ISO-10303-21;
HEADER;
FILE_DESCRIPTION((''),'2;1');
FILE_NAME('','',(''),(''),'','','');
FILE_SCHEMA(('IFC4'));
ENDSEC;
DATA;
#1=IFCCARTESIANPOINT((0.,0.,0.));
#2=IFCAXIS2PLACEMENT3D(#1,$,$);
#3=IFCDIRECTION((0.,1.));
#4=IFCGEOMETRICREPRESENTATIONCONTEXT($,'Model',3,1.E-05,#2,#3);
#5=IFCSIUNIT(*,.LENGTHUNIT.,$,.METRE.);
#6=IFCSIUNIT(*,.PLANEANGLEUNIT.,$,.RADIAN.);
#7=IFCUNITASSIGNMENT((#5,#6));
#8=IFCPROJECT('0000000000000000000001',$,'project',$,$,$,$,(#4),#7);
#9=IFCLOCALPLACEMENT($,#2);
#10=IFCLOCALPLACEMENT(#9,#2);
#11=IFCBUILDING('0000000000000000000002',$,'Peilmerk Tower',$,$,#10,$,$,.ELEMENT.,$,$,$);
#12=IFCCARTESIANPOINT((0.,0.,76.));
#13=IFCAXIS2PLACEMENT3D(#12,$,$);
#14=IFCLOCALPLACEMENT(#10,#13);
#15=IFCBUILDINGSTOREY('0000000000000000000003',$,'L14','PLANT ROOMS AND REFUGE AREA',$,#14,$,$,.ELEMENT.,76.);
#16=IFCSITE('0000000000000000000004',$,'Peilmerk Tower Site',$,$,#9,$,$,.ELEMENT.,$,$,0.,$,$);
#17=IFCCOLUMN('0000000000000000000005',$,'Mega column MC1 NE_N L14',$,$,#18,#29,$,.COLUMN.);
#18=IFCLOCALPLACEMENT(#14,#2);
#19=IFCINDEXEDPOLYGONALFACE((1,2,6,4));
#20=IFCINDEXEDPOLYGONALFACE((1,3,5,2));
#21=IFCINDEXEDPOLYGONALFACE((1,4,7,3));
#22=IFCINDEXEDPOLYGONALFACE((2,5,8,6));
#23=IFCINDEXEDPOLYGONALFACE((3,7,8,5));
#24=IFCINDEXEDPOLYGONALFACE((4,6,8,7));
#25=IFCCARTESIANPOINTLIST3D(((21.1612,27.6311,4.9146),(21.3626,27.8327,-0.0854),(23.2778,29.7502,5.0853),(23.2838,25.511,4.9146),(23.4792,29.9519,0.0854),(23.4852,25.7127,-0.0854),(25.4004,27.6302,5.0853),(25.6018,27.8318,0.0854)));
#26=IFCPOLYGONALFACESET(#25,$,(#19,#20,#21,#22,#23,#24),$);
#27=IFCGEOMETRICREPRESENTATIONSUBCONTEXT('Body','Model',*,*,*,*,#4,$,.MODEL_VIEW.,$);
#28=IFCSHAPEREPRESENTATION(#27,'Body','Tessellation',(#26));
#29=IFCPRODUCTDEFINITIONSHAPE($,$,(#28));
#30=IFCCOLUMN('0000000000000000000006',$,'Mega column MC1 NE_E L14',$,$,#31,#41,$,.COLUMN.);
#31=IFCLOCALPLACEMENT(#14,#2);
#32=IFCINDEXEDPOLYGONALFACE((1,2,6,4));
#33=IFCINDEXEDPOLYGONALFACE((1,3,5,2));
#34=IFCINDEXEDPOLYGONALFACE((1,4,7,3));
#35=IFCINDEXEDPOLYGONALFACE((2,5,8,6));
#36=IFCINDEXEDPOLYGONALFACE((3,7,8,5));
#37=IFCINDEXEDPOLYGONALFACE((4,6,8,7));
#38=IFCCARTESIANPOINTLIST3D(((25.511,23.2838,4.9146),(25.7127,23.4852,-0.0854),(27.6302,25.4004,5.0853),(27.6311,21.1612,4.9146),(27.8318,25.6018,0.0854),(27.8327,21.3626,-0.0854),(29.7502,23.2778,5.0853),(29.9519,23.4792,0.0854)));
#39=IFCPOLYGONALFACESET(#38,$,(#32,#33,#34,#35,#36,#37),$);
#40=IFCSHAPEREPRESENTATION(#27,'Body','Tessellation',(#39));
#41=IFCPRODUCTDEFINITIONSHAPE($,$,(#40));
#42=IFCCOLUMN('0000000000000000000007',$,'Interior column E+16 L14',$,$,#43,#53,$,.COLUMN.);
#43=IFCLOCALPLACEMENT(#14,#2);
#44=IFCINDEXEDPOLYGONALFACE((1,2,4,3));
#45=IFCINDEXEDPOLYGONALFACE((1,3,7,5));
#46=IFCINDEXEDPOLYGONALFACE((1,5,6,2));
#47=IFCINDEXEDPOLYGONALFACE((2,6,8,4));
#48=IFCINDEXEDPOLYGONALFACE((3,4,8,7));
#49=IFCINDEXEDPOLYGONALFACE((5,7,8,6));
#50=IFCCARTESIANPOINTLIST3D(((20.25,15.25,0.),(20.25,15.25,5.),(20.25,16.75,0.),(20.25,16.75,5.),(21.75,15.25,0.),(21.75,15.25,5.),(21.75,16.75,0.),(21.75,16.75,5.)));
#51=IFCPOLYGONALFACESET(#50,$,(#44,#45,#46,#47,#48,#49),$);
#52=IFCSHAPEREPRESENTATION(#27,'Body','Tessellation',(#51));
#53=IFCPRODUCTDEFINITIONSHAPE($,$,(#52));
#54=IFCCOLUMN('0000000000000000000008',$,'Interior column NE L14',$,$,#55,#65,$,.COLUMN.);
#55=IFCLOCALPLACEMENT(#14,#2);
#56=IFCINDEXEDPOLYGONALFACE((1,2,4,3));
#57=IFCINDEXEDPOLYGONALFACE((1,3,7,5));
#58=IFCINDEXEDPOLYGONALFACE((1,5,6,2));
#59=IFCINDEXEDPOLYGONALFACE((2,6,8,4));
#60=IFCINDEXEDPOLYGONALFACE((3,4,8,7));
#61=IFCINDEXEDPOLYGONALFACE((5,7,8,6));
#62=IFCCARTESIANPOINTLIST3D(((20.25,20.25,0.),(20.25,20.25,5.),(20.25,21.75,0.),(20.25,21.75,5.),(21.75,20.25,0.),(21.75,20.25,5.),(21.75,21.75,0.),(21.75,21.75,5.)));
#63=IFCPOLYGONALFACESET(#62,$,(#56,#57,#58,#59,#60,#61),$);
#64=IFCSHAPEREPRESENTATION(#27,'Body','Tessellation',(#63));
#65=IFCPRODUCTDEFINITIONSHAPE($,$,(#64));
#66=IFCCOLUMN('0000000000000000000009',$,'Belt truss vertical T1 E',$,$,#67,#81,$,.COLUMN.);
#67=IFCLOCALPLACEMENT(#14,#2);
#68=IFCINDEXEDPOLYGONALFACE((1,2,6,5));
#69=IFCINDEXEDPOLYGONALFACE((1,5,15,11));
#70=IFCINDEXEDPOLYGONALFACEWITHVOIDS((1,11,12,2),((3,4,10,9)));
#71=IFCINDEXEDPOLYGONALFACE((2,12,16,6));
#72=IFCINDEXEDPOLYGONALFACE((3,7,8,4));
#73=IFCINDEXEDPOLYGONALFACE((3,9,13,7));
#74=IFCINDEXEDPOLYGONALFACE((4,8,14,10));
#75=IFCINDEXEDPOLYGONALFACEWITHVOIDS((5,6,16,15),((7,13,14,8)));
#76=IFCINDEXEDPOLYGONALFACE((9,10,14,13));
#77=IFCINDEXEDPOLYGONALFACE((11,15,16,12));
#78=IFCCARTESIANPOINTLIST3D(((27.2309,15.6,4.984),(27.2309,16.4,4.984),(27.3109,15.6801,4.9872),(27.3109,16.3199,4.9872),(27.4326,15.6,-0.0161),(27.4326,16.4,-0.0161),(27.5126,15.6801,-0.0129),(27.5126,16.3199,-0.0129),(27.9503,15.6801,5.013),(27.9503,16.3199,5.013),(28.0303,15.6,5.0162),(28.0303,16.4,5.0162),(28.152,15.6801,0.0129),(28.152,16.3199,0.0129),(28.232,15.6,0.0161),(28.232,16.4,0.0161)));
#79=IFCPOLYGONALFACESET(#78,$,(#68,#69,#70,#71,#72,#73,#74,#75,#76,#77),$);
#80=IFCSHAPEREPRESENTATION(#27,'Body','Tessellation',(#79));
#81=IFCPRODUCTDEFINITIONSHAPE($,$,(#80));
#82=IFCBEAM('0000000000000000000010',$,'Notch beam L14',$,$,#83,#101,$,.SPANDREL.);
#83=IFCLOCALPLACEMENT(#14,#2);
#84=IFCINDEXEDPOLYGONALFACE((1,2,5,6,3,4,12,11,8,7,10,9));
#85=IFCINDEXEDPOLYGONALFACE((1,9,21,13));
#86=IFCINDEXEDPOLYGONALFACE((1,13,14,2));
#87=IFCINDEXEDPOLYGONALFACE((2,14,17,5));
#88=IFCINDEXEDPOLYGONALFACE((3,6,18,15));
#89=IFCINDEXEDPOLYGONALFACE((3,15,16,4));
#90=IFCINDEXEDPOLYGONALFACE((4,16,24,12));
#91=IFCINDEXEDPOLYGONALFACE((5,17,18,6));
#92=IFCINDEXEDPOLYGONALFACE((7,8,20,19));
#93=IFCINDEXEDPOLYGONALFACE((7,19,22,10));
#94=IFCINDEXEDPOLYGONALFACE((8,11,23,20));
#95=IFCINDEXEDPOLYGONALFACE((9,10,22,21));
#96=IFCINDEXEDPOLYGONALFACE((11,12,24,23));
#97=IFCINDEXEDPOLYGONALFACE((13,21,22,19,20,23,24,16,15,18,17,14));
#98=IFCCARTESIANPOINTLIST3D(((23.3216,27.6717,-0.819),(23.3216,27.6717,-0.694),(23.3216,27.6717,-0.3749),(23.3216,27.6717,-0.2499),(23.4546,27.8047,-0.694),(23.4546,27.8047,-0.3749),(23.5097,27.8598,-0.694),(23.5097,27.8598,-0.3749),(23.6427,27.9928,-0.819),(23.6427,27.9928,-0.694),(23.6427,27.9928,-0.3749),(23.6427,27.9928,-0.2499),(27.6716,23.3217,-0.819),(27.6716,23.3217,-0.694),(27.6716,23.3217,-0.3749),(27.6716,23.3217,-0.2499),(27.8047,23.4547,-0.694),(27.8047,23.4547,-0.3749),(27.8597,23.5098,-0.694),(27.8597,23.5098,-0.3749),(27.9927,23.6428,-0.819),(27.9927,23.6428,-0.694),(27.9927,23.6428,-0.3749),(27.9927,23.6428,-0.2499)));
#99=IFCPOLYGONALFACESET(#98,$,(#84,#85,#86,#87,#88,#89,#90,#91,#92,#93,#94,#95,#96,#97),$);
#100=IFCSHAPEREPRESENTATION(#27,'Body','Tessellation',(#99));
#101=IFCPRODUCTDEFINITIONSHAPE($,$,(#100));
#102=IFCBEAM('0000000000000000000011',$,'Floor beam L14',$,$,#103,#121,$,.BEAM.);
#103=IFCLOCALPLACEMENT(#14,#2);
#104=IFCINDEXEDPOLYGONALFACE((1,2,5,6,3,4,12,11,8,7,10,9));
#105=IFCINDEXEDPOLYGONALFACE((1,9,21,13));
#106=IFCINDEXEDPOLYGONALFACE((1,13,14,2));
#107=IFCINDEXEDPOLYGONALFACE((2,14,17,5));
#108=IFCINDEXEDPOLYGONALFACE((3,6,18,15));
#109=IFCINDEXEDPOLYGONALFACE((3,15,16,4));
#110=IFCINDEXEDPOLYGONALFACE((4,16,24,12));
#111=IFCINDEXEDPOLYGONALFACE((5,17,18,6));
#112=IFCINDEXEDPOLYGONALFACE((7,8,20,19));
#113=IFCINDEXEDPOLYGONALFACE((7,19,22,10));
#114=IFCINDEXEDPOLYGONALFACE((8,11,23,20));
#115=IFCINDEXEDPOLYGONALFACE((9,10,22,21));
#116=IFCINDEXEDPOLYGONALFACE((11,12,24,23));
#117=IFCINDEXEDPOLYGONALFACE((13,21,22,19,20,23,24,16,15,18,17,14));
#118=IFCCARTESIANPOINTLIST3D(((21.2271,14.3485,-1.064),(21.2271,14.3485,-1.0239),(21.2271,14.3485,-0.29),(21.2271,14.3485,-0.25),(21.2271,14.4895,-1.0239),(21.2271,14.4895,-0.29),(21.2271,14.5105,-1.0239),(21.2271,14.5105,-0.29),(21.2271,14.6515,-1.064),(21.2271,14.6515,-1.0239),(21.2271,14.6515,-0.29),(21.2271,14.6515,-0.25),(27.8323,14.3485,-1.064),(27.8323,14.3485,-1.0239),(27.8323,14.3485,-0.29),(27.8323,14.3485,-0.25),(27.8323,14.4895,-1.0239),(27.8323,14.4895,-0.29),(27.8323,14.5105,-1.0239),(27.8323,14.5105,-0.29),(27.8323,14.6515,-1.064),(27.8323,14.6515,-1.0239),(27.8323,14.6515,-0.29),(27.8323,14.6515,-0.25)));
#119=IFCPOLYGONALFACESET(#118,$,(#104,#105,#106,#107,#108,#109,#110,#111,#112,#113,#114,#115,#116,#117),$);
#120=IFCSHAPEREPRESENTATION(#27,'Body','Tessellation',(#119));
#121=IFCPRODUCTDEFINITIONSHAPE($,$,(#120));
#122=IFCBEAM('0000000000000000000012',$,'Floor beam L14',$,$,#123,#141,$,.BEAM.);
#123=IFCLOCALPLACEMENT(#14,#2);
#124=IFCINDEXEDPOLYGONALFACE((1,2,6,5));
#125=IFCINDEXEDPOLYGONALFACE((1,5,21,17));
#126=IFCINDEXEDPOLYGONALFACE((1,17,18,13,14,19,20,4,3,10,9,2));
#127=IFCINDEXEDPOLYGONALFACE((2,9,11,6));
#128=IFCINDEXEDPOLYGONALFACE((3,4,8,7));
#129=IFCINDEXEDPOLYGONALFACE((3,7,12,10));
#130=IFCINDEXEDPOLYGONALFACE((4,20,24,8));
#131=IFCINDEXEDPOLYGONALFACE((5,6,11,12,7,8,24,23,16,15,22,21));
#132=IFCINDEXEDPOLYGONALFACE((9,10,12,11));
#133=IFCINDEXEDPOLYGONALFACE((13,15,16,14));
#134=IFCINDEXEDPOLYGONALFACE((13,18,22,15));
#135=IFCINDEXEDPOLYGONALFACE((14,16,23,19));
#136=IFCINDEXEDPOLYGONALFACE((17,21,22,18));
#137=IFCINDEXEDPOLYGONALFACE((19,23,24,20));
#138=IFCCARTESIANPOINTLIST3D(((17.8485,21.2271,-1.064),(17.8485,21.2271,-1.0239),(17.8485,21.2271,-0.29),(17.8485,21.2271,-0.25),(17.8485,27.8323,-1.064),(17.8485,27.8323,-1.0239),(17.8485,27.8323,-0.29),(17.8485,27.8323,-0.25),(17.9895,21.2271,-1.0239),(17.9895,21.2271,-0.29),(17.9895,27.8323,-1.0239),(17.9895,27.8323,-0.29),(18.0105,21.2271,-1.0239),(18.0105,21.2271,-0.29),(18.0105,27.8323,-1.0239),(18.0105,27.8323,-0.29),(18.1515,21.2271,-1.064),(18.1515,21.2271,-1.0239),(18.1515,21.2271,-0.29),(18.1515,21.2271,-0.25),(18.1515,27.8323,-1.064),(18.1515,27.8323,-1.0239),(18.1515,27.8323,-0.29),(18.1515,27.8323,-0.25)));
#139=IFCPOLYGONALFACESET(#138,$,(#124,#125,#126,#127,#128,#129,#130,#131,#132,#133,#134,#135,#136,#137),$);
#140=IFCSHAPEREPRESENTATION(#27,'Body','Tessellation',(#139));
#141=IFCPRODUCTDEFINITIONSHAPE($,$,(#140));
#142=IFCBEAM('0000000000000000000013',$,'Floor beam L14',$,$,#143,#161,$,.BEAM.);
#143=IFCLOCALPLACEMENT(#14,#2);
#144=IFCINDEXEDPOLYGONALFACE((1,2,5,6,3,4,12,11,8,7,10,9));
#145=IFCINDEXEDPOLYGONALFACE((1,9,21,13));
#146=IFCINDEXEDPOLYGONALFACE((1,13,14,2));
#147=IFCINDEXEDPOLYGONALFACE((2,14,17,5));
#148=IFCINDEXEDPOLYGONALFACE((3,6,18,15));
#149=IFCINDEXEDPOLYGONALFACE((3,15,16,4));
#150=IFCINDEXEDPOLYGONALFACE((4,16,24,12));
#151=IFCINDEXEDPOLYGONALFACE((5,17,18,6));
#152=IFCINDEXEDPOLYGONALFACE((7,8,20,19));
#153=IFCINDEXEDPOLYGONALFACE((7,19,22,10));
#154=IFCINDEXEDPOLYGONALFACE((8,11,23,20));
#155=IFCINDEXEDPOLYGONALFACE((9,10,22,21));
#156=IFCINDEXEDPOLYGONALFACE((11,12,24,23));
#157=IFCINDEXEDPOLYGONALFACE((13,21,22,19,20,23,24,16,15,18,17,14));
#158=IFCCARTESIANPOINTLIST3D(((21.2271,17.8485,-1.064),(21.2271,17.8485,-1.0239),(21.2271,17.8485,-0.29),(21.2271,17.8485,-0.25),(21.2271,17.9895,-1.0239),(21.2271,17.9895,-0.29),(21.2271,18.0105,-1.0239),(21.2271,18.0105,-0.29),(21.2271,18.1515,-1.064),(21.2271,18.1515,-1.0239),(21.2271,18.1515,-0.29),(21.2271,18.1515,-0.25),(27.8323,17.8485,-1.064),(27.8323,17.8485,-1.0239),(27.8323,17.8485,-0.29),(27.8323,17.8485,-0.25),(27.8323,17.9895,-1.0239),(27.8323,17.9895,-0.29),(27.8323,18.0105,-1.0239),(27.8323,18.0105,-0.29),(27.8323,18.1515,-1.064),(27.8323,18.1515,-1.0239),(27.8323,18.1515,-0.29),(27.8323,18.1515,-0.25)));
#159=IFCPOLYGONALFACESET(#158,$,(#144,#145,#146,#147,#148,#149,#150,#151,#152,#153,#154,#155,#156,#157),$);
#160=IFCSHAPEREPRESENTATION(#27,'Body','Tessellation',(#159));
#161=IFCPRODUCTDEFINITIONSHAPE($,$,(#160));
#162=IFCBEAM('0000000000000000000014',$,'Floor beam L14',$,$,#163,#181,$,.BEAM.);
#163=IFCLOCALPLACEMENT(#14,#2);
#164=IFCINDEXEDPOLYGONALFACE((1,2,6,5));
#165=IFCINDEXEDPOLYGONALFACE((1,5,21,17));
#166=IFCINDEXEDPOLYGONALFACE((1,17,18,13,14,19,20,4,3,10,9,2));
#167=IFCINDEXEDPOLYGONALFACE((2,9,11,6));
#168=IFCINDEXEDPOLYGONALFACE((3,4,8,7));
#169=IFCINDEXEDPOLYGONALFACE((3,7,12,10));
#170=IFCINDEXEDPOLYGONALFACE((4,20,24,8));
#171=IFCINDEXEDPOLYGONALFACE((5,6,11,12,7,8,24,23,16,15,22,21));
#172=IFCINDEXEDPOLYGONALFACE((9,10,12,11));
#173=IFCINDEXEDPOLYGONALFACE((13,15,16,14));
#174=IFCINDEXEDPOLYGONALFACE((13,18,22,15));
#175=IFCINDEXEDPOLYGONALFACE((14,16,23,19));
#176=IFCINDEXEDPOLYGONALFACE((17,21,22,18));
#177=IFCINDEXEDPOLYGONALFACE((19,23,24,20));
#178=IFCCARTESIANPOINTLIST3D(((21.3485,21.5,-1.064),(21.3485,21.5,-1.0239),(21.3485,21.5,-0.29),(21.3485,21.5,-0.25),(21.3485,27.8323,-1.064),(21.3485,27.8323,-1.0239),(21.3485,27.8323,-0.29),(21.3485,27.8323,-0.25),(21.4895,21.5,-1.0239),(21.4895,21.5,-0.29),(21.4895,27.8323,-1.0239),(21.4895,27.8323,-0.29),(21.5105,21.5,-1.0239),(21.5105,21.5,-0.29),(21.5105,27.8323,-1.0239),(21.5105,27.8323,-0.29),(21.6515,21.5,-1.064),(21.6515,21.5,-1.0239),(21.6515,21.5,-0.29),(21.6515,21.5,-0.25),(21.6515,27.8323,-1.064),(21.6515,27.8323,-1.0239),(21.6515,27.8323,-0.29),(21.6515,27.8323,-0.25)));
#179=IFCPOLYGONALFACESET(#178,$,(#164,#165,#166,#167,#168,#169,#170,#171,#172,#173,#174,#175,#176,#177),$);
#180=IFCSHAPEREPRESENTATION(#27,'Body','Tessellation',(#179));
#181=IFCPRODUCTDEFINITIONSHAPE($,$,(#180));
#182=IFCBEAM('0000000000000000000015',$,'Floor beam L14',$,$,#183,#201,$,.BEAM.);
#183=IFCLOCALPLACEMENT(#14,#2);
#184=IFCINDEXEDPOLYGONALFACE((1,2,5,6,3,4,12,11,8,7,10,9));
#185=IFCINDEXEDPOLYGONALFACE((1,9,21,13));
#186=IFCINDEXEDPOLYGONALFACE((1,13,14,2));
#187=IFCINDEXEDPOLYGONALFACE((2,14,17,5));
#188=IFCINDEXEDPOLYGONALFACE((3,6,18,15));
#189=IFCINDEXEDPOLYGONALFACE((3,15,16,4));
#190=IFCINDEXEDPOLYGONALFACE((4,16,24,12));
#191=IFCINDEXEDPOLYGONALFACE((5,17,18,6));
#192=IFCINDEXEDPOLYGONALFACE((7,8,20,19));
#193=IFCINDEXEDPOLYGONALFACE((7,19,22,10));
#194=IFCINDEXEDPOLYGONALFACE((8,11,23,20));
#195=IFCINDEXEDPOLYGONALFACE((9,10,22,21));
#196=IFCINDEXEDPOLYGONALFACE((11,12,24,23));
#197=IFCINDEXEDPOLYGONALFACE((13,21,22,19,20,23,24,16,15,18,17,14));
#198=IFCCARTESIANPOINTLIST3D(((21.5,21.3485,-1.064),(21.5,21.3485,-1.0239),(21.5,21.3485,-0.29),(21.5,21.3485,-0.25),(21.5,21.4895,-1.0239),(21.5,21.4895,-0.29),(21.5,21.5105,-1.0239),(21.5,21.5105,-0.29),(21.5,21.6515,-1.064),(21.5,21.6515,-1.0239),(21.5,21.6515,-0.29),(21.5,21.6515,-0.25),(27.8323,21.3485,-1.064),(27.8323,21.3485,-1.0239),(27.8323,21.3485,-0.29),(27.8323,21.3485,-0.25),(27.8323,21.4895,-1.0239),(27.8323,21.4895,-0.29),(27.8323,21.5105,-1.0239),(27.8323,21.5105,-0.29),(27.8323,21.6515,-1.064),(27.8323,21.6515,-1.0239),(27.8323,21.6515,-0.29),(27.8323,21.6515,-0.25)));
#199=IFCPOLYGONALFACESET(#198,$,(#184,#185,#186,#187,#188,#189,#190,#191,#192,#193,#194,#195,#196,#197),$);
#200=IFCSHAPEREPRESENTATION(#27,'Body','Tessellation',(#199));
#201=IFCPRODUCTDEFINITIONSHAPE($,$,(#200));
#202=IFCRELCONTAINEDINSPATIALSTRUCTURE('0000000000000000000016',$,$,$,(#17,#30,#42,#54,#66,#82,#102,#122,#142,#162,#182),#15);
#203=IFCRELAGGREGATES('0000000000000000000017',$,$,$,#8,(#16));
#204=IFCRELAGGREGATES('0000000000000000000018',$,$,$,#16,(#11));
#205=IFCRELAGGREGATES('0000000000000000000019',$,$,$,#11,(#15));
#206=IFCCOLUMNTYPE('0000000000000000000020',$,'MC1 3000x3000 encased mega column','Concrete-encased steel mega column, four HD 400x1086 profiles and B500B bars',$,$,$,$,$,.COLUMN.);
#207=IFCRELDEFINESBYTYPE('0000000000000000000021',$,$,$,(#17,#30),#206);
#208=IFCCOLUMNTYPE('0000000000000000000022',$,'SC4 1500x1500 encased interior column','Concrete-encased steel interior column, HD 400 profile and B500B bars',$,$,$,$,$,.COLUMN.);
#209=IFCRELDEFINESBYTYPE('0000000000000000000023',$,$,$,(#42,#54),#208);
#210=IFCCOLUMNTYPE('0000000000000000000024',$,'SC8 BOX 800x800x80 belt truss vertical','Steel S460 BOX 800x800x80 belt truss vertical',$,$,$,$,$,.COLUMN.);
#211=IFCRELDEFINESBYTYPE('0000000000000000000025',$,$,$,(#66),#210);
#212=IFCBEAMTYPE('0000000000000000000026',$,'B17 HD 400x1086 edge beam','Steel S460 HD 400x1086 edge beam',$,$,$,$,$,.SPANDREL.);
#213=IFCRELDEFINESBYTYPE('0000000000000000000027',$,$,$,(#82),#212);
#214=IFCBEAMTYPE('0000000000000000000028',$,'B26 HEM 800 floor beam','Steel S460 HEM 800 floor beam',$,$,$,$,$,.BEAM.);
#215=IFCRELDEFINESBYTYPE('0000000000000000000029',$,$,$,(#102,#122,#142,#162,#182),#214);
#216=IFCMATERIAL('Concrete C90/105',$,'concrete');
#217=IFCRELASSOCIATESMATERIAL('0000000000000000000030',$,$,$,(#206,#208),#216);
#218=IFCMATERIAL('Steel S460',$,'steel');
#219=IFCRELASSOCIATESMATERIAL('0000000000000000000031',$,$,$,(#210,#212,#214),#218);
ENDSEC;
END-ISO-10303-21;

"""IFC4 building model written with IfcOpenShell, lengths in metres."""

from ifc_helpers import new_model, si_unit, direction, frame, origin, origin_2d, place, context, subcontext, project, spatial, rectangle, hollow_rectangle, i_section, extrude, material, material_profile, profile_set, type_object, element, save


model = new_model("IFC4")

# Units and contexts
model_context = context("Model", 3, precision=1e-05, world=origin(), true_north=direction((0.0, 1.0)))
body_context = subcontext(model_context, "Body", "Model", "MODEL_VIEW")
ifc_project = project(units=[si_unit("LENGTHUNIT", "METRE"), si_unit("PLANEANGLEUNIT", "RADIAN")], contexts=[model_context])

# Site, building, storey
site_placement = place(None, origin())
site = spatial("IfcSite", under=ifc_project, at=site_placement, Name="Peilmerk Tower Site", CompositionType="ELEMENT", RefElevation=0.0)
building_placement = place(site_placement, origin())
building = spatial("IfcBuilding", under=site, at=building_placement, Name="Peilmerk Tower", CompositionType="ELEMENT")
storey_placement = place(building_placement, frame((0.0, 0.0, 76.0)))
storey = spatial("IfcBuildingStorey", under=building, at=storey_placement, Name="L14", Description="PLANT ROOMS AND REFUGE AREA", CompositionType="ELEMENT", Elevation=76.0)

# Columns
ifc_material_1 = material(Name="Concrete C90/105", Category="concrete")
ifc_material_profile_1 = material_profile(ifc_material_1, rectangle(XDim=3.0, YDim=3.0, at=origin_2d()), Name="RC 3000x3000")
ifc_profile_set_1 = profile_set([ifc_material_profile_1], Name="Concrete C90/105")
column_type_1 = type_object("IfcColumnType", Name="MC1 3000x3000 encased mega column", Description="Concrete-encased steel mega column, four HD 400x1086 profiles and B500B bars", PredefinedType="COLUMN", material=ifc_profile_set_1)
for number, where, z_axis, x_axis, name in (
    (1, (23.4822, 27.8323, 0.0), (-0.040218, -0.040267, 0.998379), (0.707535, -0.706678, 0.0), "Mega column MC1 NE_N L14"),
    (2, (27.8323, 23.4822, 0.0), (-0.040267, -0.040218, 0.998379), (0.706678, -0.707535, 0.0), "Mega column MC1 NE_E L14"),
):
    element("IfcColumn", number, at=place(storey_placement, frame(where, z_axis=z_axis, x_axis=x_axis)), inside=storey, type_object=column_type_1, Name=name, PredefinedType="COLUMN", context=body_context, shape_type="SweptSolid", body=[
        extrude(rectangle(XDim=3.0, YDim=3.0, at=origin_2d()), origin(), (0.0, 0.0, 1.0), 5.0081),
    ])
ifc_material_profile_2 = material_profile(ifc_material_1, rectangle(XDim=1.5, YDim=1.5, at=origin_2d()), Name="RC 1500x1500")
ifc_profile_set_2 = profile_set([ifc_material_profile_2], Name="Concrete C90/105")
column_type_2 = type_object("IfcColumnType", Name="SC4 1500x1500 encased interior column", Description="Concrete-encased steel interior column, HD 400 profile and B500B bars", PredefinedType="COLUMN", material=ifc_profile_set_2)
for number, where, z_axis, x_axis, name in (
    (3, (21.0, 16.0, 0.0), (0.0, 0.0, 1.0), (1.0, 0.0, 0.0), "Interior column E+16 L14"),
    (4, (21.0, 21.0, 0.0), (0.0, 0.0, 1.0), (1.0, 0.0, 0.0), "Interior column NE L14"),
):
    element("IfcColumn", number, at=place(storey_placement, frame(where, z_axis=z_axis, x_axis=x_axis)), inside=storey, type_object=column_type_2, Name=name, PredefinedType="COLUMN", context=body_context, shape_type="SweptSolid", body=[
        extrude(rectangle(XDim=1.5, YDim=1.5, at=origin_2d()), origin(), (0.0, 0.0, 1.0), 5.0),
    ])
ifc_material_2 = material(Name="Steel S460", Category="steel")
ifc_material_profile_3 = material_profile(ifc_material_2, hollow_rectangle(XDim=0.8, YDim=0.8, WallThickness=0.0801, at=origin_2d()), Name="BOX 800x800x80")
ifc_profile_set_3 = profile_set([ifc_material_profile_3], Name="Steel S460")
column_type_3 = type_object("IfcColumnType", Name="SC8 BOX 800x800x80 belt truss vertical", Description="Steel S460 BOX 800x800x80 belt truss vertical", PredefinedType="COLUMN", material=ifc_profile_set_3)
column_placement = place(storey_placement, frame((27.8323, 16.0, 0.0), z_axis=(-0.040299, 0.0, 0.999188), x_axis=(0.0, -1.0, 0.0)))
element("IfcColumn", 5, at=column_placement, inside=storey, type_object=column_type_3, Name="Belt truss vertical T1 E", PredefinedType="COLUMN", context=body_context, shape_type="SweptSolid", body=[
    extrude(hollow_rectangle(XDim=0.8, YDim=0.8, WallThickness=0.0801, at=origin_2d()), origin(), (0.0, 0.0, 1.0), 5.0042),
])

# Beams
ifc_material_profile_4 = material_profile(ifc_material_2, i_section(OverallWidth=0.4541, OverallDepth=0.5691, WebThickness=0.0779, FlangeThickness=0.125, at=origin_2d()), Name="HD 400x1086")
ifc_profile_set_4 = profile_set([ifc_material_profile_4], Name="Steel S460")
beam_type_1 = type_object("IfcBeamType", Name="B17 HD 400x1086 edge beam", Description="Steel S460 HD 400x1086 edge beam", PredefinedType="SPANDREL", material=ifc_profile_set_4)
beam_1_placement = place(storey_placement, frame((23.4822, 27.8323, -0.5344), z_axis=(0.707107, -0.707107, 0.0), x_axis=(0.707107, 0.707107, 0.0)))
element("IfcBeam", 6, at=beam_1_placement, inside=storey, type_object=beam_type_1, Name="Notch beam L14", PredefinedType="SPANDREL", context=body_context, shape_type="SweptSolid", body=[
    extrude(i_section(OverallWidth=0.4541, OverallDepth=0.5691, WebThickness=0.0779, FlangeThickness=0.125, at=origin_2d()), origin(), (0.0, 0.0, 1.0), 6.1519),
])
ifc_material_profile_5 = material_profile(ifc_material_2, i_section(OverallWidth=0.303, OverallDepth=0.814, WebThickness=0.021, FlangeThickness=0.04, at=origin_2d()), Name="HEM 800")
ifc_profile_set_5 = profile_set([ifc_material_profile_5], Name="Steel S460")
beam_type_2 = type_object("IfcBeamType", Name="B26 HEM 800 floor beam", Description="Steel S460 HEM 800 floor beam", PredefinedType="BEAM", material=ifc_profile_set_5)
for number, where, z_axis, x_axis, name in (
    (7, (21.2271, 14.5, -0.657), (1.0, 0.0, 0.0), (0.0, 1.0, 0.0), "Floor beam L14"),
    (8, (18.0, 21.2271, -0.657), (0.0, 1.0, 0.0), (-1.0, 0.0, 0.0), "Floor beam L14"),
    (9, (21.2271, 18.0, -0.657), (1.0, 0.0, 0.0), (0.0, 1.0, 0.0), "Floor beam L14"),
):
    element("IfcBeam", number, at=place(storey_placement, frame(where, z_axis=z_axis, x_axis=x_axis)), inside=storey, type_object=beam_type_2, Name=name, PredefinedType="BEAM", context=body_context, shape_type="SweptSolid", body=[
        extrude(i_section(OverallWidth=0.303, OverallDepth=0.814, WebThickness=0.021, FlangeThickness=0.04, at=origin_2d()), origin(), (0.0, 0.0, 1.0), 6.6052),
    ])
for number, where, z_axis, x_axis, name in (
    (10, (21.5, 21.5, -0.657), (0.0, 1.0, 0.0), (-1.0, 0.0, 0.0), "Floor beam L14"),
    (11, (21.5, 21.5, -0.657), (1.0, 0.0, 0.0), (0.0, 1.0, 0.0), "Floor beam L14"),
):
    element("IfcBeam", number, at=place(storey_placement, frame(where, z_axis=z_axis, x_axis=x_axis)), inside=storey, type_object=beam_type_2, Name=name, PredefinedType="BEAM", context=body_context, shape_type="SweptSolid", body=[
        extrude(i_section(OverallWidth=0.303, OverallDepth=0.814, WebThickness=0.021, FlangeThickness=0.04, at=origin_2d()), origin(), (0.0, 0.0, 1.0), 6.3323),
    ])

save(model, "model.ifc")
